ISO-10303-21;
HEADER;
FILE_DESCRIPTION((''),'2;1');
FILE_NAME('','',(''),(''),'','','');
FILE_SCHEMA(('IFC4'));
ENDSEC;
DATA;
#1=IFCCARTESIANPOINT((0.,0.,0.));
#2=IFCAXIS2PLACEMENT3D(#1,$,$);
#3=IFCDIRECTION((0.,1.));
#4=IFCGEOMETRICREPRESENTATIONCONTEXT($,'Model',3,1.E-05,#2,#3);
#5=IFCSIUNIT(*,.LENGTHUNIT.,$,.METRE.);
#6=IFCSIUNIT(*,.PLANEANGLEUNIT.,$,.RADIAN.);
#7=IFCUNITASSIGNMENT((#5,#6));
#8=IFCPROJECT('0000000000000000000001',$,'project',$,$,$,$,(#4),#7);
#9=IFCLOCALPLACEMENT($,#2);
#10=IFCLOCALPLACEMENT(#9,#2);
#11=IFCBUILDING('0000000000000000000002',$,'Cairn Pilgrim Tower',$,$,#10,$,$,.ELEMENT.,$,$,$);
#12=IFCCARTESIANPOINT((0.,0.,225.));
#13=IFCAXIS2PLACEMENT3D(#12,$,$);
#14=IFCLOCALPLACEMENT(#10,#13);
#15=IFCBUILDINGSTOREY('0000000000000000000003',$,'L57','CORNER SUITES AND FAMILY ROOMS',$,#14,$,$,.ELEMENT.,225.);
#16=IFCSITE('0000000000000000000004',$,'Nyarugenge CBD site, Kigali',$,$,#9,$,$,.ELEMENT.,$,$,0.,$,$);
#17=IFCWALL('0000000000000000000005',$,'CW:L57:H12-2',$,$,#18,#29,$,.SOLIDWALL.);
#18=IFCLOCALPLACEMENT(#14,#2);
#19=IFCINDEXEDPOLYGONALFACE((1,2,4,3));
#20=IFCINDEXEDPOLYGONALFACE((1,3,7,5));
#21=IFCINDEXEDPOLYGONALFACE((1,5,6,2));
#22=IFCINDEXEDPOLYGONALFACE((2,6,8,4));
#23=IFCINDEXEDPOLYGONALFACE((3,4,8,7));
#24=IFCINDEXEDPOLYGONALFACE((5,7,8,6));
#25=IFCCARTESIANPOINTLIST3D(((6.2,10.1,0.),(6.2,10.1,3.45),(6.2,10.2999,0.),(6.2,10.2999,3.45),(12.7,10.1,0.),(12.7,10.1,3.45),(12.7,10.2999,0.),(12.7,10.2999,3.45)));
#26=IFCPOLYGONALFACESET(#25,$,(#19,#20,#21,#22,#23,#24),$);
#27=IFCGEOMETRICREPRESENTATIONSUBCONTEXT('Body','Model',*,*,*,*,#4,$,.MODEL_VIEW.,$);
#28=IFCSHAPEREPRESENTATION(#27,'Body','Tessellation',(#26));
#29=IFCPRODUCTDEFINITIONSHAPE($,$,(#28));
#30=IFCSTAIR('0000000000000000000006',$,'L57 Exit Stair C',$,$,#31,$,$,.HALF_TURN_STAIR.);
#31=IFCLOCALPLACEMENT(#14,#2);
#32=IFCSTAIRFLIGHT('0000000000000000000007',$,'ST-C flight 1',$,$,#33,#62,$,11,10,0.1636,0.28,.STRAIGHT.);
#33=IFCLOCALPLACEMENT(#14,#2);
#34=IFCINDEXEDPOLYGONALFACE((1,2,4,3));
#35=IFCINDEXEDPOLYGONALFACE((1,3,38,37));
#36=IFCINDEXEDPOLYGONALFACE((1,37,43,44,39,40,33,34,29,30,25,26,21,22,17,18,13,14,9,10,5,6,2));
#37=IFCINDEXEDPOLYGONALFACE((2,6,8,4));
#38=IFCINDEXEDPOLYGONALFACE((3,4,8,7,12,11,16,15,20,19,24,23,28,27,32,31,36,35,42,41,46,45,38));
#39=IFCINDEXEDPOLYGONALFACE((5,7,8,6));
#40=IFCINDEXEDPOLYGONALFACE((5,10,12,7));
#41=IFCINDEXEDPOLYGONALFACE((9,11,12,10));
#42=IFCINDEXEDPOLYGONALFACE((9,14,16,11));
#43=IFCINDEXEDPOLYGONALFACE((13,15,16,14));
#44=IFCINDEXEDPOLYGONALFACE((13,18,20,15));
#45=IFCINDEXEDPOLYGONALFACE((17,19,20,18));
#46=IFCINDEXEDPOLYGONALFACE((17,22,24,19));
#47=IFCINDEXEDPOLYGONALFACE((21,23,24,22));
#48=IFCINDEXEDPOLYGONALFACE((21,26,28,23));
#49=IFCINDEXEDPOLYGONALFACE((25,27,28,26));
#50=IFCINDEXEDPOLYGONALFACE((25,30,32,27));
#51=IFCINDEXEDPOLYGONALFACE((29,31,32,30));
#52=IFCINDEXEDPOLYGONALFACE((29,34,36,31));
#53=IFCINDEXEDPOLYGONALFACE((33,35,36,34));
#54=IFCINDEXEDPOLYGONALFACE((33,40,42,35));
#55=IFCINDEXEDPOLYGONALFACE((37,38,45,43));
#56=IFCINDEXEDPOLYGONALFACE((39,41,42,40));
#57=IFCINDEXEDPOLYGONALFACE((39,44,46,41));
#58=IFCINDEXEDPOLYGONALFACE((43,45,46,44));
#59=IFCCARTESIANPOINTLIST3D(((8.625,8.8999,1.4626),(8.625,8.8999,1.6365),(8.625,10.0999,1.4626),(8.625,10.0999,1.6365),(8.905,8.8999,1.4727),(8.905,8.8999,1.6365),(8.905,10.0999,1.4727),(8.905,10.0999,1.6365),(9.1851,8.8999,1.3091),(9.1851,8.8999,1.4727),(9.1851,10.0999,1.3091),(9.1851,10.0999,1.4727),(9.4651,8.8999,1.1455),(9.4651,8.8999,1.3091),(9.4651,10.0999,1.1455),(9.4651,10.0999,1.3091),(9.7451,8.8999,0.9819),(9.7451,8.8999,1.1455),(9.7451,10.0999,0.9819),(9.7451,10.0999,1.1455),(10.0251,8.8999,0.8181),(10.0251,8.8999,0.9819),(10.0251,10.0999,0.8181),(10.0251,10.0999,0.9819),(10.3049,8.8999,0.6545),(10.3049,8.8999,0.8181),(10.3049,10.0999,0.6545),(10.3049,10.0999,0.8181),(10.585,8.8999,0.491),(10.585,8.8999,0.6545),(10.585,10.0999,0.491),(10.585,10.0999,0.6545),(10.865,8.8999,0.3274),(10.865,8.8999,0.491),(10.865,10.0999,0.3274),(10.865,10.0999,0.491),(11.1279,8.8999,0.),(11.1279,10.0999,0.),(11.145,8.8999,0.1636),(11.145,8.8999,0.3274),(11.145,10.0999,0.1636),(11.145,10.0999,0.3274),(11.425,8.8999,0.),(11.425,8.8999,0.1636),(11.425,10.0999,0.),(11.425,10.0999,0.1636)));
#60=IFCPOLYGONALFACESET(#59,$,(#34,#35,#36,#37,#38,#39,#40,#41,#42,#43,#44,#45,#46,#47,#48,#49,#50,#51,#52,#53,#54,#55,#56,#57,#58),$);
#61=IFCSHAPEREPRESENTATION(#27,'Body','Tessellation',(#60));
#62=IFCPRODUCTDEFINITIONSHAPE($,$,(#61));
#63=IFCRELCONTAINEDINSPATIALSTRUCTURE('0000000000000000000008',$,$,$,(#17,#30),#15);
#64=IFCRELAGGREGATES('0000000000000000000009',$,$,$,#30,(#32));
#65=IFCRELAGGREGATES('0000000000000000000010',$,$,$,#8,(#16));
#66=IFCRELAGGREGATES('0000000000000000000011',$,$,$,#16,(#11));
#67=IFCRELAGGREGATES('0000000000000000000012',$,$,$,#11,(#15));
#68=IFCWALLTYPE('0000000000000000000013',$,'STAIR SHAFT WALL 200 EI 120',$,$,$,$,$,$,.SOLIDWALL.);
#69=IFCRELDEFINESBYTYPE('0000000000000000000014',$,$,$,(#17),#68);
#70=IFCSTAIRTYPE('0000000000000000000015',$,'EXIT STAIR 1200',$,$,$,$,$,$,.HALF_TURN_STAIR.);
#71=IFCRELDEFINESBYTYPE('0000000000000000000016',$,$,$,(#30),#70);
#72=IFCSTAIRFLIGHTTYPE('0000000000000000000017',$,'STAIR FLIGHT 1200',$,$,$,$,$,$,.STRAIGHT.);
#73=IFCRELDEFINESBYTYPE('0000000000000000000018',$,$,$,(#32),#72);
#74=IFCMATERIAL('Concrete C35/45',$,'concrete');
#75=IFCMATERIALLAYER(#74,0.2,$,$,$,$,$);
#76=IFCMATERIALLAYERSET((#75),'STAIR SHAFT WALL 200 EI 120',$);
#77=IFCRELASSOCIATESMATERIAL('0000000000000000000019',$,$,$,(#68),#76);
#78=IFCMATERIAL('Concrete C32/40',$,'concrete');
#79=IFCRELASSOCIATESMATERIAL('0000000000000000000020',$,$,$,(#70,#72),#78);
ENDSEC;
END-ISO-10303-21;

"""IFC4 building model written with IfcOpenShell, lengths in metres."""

from ifc_helpers import new_model, si_unit, direction, frame, frame_2d, origin, place, context, subcontext, project, spatial, polyline, rectangle, outline, extrude, material, layer, layer_set, type_object, element, aggregate, save


model = new_model("IFC4")

# Units and contexts
model_context = context("Model", 3, precision=1e-05, world=origin(), true_north=direction((0.0, 1.0)))
body_context = subcontext(model_context, "Body", "Model", "MODEL_VIEW")
ifc_project = project(units=[si_unit("LENGTHUNIT", "METRE"), si_unit("PLANEANGLEUNIT", "RADIAN")], contexts=[model_context])

# Site, building, storey
site_placement = place(None, origin())
site = spatial("IfcSite", under=ifc_project, at=site_placement, Name="Nyarugenge CBD site, Kigali", CompositionType="ELEMENT", RefElevation=0.0)
building_placement = place(site_placement, origin())
building = spatial("IfcBuilding", under=site, at=building_placement, Name="Cairn Pilgrim Tower", CompositionType="ELEMENT")
storey_placement = place(building_placement, frame((0.0, 0.0, 225.0)))
storey = spatial("IfcBuildingStorey", under=building, at=storey_placement, Name="L57", Description="CORNER SUITES AND FAMILY ROOMS", CompositionType="ELEMENT", Elevation=225.0)

# Wall
ifc_material_1 = material(Name="Concrete C35/45", Category="concrete")
ifc_layer_1 = layer(ifc_material_1, 0.2)
ifc_layer_set_1 = layer_set([ifc_layer_1], Name="STAIR SHAFT WALL 200 EI 120")
wall_type_1 = type_object("IfcWallType", Name="STAIR SHAFT WALL 200 EI 120", PredefinedType="SOLIDWALL", material=ifc_layer_set_1)
wall_1_placement = place(storey_placement, frame((6.2, 10.2, 0.0), z_axis=(0.0, 0.0, 1.0), x_axis=(1.0, 0.0, 0.0)))
element("IfcWall", 1, at=wall_1_placement, inside=storey, type_object=wall_type_1, Name="CW:L57:H12-2", PredefinedType="SOLIDWALL", context=body_context, shape_type="SweptSolid", body=[
    extrude(rectangle(XDim=6.5, YDim=0.2, at=frame_2d((3.25, 0.0))), origin(), (0.0, 0.0, 1.0), 3.45),
])

# Stair, stair flight
ifc_material_2 = material(Name="Concrete C32/40", Category="concrete")
stair_type = type_object("IfcStairType", Name="EXIT STAIR 1200", PredefinedType="HALF_TURN_STAIR", material=ifc_material_2)
stair_placement = place(storey_placement, origin())
stair = element("IfcStair", 2, at=stair_placement, inside=storey, type_object=stair_type, Name="L57 Exit Stair C", PredefinedType="HALF_TURN_STAIR")
stair_flight_type = type_object("IfcStairFlightType", Name="STAIR FLIGHT 1200", PredefinedType="STRAIGHT", material=ifc_material_2)
stair_flight_placement = place(storey_placement, frame((11.425, 9.5, 0.0), z_axis=(0.0, 0.0, 1.0), x_axis=(-1.0, 0.0, 0.0)))
stair_flight = element("IfcStairFlight", 3, at=stair_flight_placement, type_object=stair_flight_type, Name="ST-C flight 1", NumberOfRisers=11, NumberOfTreads=10, PredefinedType="STRAIGHT", RiserHeight=0.1636, TreadLength=0.28, context=body_context, shape_type="SweptSolid", body=[
    extrude(outline(polyline([(0.0, 0.0), (0.0, 0.1636), (0.28, 0.1636), (0.28, 0.3274), (0.5601, 0.3274), (0.5601, 0.491), (0.8401, 0.491), (0.8401, 0.6545), (1.1201, 0.6545), (1.1201, 0.8181), (1.3999, 0.8181), (1.3999, 0.9819), (1.6799, 0.9819), (1.6799, 1.1455), (1.96, 1.1455), (1.96, 1.3091), (2.24, 1.3091), (2.24, 1.4727), (2.52, 1.4727), (2.52, 1.6365), (2.8, 1.6365), (2.8, 1.8), (2.8, 1.4626), (0.2971, 0.0), (0.0, 0.0)])), frame((0.0, 0.6001, 0.0), z_axis=(0.0, -1.0, 0.0), x_axis=(1.0, 0.0, 0.0)), (0.0, 0.0, 1.0), 1.2),
])
aggregate(stair, [stair_flight])

save(model, "model.ifc")
